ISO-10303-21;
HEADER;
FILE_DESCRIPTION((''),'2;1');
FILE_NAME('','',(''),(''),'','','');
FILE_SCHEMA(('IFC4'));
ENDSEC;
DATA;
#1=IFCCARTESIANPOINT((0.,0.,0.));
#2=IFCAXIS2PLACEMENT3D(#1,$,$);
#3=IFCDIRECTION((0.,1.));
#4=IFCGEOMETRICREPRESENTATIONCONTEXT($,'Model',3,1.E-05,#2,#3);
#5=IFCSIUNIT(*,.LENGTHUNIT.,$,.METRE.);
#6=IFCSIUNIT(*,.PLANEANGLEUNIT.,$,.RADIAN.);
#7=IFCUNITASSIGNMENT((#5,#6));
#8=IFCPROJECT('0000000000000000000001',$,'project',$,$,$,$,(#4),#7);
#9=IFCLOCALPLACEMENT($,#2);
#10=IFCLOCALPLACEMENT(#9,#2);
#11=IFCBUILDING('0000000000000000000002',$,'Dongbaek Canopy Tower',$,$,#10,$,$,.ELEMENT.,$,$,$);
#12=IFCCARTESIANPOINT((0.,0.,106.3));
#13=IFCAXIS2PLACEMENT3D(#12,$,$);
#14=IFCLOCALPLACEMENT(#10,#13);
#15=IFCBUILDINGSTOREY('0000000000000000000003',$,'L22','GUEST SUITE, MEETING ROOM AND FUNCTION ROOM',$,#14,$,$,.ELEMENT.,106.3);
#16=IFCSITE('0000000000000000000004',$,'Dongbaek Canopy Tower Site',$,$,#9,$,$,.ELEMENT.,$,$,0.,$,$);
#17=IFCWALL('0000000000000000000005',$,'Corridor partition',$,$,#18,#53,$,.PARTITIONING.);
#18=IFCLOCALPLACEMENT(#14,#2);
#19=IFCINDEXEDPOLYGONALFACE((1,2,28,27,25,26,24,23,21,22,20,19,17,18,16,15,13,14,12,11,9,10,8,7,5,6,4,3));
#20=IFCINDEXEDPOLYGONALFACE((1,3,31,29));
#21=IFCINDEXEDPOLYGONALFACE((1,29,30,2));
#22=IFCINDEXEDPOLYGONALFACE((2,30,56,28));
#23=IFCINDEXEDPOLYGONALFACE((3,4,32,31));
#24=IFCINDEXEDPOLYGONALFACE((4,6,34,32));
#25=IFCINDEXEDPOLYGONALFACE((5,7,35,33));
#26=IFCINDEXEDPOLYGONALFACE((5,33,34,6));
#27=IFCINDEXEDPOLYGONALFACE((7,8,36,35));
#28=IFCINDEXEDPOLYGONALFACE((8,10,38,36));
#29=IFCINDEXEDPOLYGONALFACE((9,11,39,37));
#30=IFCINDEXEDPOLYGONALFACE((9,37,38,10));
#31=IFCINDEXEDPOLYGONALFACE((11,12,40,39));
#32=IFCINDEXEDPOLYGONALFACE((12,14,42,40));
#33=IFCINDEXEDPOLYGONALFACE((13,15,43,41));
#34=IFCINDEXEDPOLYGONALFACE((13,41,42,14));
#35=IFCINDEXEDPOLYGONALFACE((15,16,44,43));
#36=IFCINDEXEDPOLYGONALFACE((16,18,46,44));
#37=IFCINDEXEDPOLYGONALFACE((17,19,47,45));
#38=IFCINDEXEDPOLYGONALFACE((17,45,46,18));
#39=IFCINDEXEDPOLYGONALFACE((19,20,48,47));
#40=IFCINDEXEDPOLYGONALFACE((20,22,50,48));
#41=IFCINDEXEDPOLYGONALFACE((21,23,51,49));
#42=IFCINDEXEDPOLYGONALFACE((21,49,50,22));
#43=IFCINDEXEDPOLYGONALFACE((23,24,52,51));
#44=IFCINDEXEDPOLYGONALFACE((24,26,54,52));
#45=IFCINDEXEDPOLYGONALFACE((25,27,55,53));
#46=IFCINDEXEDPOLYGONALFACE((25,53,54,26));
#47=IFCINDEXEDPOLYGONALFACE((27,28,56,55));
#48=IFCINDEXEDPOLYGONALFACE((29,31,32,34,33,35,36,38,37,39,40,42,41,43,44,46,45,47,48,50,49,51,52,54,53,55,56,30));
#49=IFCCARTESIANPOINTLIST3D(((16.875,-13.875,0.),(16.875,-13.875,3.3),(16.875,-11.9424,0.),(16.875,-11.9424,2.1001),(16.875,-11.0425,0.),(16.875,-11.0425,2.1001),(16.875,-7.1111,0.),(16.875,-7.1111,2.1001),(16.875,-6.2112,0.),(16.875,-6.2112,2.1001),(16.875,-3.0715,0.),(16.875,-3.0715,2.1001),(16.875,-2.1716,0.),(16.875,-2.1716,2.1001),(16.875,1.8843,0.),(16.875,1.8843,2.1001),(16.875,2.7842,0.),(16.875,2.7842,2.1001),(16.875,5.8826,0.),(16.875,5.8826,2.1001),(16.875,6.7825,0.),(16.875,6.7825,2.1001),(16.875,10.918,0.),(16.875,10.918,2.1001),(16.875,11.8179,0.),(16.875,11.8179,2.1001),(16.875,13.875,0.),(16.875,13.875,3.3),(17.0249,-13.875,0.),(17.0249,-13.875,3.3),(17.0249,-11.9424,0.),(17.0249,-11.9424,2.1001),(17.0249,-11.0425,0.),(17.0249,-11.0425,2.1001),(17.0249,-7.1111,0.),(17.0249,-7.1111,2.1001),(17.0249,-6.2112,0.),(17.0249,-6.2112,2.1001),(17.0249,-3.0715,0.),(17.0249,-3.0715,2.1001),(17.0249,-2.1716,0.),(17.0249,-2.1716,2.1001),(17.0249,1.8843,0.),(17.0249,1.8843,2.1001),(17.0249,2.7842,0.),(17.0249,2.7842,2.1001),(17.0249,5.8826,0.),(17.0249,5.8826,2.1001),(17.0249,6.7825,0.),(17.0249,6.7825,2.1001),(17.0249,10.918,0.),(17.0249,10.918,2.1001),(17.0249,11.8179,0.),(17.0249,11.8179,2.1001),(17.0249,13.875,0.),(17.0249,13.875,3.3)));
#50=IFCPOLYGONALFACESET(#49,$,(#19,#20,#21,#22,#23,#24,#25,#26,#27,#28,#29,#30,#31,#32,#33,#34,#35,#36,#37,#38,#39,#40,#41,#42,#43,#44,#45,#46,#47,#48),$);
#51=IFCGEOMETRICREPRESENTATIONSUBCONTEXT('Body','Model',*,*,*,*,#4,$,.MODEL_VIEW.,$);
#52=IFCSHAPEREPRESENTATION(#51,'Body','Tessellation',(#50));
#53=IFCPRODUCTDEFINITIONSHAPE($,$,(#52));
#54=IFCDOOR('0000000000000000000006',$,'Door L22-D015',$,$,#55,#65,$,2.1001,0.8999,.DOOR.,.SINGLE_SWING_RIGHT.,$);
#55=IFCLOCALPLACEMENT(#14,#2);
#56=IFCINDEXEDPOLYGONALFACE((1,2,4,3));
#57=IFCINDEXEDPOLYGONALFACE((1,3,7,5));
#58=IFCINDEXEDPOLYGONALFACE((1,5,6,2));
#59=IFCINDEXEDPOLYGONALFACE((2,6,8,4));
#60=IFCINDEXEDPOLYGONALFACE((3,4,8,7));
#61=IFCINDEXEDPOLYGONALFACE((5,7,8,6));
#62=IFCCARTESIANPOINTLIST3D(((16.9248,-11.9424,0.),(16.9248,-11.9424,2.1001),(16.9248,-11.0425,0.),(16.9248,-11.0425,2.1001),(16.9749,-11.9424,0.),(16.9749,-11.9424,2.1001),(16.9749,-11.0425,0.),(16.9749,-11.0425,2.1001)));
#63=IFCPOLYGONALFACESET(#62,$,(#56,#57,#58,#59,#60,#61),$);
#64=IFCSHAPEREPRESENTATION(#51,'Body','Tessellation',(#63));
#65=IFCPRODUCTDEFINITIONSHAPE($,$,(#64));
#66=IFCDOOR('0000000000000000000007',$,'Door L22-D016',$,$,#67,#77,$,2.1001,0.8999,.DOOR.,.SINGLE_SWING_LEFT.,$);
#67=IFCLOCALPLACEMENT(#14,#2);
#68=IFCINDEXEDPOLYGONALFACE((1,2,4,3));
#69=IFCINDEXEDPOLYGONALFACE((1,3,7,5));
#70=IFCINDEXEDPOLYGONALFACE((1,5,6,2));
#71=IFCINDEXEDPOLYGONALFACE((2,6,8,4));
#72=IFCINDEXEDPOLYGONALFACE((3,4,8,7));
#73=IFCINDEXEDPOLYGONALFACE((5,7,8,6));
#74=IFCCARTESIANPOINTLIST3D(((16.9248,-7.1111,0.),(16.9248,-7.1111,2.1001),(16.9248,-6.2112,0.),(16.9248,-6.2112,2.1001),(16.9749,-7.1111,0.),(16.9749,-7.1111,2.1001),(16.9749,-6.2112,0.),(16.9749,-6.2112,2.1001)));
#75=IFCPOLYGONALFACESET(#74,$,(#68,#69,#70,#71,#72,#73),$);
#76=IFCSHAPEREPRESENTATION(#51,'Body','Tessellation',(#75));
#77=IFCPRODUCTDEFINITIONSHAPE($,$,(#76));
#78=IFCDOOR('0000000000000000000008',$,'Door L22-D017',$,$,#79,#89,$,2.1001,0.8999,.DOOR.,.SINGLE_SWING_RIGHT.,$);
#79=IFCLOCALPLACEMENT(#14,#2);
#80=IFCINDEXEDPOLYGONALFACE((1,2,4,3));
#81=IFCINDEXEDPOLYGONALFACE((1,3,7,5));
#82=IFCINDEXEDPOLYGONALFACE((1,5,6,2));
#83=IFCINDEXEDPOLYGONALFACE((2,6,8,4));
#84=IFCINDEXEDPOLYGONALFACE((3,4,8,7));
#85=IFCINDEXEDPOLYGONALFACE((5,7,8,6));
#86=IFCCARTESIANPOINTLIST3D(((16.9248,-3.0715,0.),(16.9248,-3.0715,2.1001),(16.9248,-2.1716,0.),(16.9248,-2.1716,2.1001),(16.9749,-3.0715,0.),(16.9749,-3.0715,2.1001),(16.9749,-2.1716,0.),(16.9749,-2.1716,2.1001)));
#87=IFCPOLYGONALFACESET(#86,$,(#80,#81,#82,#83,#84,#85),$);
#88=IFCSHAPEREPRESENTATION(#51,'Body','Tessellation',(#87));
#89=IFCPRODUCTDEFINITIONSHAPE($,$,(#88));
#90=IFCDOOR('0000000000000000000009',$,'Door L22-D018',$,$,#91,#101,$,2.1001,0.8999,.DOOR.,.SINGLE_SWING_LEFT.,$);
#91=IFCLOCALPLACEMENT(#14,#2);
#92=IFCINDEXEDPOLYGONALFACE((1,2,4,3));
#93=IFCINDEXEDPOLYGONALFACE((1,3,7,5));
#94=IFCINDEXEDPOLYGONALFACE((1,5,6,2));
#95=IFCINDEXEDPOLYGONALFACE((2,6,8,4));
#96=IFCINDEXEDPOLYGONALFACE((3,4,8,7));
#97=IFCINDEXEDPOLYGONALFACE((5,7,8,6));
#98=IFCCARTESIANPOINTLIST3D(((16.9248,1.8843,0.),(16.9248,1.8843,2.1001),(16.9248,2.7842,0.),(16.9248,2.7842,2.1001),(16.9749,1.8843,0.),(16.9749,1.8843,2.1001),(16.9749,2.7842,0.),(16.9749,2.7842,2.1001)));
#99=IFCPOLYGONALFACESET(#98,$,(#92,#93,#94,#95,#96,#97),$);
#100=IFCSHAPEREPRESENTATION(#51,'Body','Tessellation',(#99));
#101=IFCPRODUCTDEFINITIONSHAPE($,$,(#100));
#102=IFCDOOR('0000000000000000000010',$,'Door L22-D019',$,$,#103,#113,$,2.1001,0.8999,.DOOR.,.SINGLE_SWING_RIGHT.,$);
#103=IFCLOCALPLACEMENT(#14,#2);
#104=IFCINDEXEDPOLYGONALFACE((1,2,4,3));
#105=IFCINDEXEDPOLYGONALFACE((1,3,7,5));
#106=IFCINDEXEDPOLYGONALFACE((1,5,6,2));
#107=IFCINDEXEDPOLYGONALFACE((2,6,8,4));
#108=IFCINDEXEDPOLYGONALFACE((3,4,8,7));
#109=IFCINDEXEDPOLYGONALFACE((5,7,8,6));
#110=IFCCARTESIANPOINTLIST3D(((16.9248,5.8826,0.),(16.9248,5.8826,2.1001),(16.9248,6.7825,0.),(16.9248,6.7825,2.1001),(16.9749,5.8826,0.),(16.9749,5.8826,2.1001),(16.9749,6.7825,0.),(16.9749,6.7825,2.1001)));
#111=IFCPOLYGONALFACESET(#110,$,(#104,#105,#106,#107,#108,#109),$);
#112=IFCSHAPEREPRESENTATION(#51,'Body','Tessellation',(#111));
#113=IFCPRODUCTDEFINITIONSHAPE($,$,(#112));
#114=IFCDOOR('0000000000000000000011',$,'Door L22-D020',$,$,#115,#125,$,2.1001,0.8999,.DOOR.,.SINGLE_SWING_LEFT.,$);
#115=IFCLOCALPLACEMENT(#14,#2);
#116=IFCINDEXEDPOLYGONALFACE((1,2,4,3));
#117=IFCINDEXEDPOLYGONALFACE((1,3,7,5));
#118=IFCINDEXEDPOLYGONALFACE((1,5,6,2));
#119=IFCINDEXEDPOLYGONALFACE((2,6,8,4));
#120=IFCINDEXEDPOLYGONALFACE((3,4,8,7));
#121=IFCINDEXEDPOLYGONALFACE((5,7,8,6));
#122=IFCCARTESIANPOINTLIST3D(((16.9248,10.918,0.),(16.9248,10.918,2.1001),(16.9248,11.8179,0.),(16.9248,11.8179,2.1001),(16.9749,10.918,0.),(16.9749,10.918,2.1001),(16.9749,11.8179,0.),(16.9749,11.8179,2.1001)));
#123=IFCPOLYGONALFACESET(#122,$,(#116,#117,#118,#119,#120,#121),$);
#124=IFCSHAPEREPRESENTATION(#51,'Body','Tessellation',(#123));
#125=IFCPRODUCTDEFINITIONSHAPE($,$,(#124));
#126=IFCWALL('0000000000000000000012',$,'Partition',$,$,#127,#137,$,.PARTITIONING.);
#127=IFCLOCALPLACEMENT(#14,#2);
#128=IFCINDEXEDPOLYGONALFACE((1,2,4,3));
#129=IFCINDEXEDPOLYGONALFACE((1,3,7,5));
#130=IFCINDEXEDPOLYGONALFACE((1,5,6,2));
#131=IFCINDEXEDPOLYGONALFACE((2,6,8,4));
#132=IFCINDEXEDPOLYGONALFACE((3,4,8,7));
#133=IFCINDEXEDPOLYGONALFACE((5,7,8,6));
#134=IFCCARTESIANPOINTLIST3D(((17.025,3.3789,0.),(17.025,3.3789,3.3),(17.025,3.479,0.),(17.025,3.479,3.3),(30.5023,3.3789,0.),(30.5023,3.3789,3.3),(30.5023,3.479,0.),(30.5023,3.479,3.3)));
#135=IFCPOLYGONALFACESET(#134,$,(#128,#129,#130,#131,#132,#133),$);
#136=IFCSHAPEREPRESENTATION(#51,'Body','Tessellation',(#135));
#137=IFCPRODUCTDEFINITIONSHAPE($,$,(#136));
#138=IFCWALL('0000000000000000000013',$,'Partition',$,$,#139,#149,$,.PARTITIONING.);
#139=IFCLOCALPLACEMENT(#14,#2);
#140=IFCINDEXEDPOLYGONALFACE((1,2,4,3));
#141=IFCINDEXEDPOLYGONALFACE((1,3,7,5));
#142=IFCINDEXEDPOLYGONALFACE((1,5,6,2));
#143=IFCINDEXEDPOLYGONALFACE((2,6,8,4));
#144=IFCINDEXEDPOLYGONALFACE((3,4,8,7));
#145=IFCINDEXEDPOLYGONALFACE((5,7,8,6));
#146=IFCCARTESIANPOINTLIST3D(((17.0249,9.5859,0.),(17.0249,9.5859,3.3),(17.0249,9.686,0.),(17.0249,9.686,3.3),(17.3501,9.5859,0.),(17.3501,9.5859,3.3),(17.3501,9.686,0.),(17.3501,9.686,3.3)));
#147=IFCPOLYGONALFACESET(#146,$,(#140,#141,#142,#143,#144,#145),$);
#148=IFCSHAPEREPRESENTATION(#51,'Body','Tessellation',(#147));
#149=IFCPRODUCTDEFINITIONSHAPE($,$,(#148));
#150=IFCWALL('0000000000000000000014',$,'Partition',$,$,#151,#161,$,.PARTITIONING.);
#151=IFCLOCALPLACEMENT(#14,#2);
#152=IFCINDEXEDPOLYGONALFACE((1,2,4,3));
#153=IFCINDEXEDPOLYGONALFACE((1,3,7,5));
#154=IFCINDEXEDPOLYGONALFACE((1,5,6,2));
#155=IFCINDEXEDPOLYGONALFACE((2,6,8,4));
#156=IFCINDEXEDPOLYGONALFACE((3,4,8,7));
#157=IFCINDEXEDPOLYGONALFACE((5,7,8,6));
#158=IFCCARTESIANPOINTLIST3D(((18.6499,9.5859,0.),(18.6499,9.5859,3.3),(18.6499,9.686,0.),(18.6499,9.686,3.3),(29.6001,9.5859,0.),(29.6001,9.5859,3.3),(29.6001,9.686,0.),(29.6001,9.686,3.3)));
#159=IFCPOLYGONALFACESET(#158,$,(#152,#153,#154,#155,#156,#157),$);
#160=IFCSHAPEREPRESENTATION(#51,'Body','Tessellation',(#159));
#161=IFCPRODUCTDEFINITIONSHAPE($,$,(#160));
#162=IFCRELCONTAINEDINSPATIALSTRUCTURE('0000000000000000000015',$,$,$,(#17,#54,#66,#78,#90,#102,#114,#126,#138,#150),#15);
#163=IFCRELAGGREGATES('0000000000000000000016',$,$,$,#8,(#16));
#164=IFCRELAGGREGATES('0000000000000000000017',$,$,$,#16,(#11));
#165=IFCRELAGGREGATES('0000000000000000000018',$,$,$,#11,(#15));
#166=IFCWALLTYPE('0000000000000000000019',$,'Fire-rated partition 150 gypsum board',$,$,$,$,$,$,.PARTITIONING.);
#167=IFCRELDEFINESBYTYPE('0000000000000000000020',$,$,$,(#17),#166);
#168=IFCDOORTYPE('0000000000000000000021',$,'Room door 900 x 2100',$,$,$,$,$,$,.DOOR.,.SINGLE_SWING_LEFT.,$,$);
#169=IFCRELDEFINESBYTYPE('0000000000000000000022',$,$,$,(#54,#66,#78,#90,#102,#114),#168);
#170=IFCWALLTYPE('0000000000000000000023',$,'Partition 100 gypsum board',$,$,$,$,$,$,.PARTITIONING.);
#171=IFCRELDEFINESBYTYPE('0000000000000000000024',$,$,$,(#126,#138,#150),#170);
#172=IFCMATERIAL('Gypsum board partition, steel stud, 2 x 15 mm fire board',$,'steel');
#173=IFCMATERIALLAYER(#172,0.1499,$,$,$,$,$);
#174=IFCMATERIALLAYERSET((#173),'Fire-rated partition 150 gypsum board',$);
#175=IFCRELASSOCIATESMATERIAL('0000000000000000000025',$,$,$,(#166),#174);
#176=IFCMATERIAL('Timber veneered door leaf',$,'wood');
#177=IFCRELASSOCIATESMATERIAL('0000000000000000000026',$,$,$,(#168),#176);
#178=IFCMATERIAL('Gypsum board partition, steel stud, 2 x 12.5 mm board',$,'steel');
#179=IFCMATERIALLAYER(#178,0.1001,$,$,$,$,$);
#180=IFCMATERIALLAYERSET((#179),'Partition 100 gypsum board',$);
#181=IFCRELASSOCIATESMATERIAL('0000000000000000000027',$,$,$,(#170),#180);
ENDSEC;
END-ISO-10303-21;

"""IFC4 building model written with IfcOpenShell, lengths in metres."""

from ifc_helpers import new_model, si_unit, direction, frame, frame_2d, origin, place, context, subcontext, project, spatial, rectangle, extrude, material, layer, layer_set, type_object, element, fill, save


model = new_model("IFC4")

# Units and contexts
model_context = context("Model", 3, precision=1e-05, world=origin(), true_north=direction((0.0, 1.0)))
body_context = subcontext(model_context, "Body", "Model", "MODEL_VIEW")
ifc_project = project(units=[si_unit("LENGTHUNIT", "METRE"), si_unit("PLANEANGLEUNIT", "RADIAN")], contexts=[model_context])

# Site, building, storey
site_placement = place(None, origin())
site = spatial("IfcSite", under=ifc_project, at=site_placement, Name="Dongbaek Canopy Tower Site", CompositionType="ELEMENT", RefElevation=0.0)
building_placement = place(site_placement, origin())
building = spatial("IfcBuilding", under=site, at=building_placement, Name="Dongbaek Canopy Tower", CompositionType="ELEMENT")
storey_placement = place(building_placement, frame((0.0, 0.0, 106.3)))
storey = spatial("IfcBuildingStorey", under=building, at=storey_placement, Name="L22", Description="GUEST SUITE, MEETING ROOM AND FUNCTION ROOM", CompositionType="ELEMENT", Elevation=106.3)

# Wall, openings, doors
ifc_material_1 = material(Name="Gypsum board partition, steel stud, 2 x 15 mm fire board", Category="steel")
ifc_layer_1 = layer(ifc_material_1, 0.1499)
ifc_layer_set_1 = layer_set([ifc_layer_1], Name="Fire-rated partition 150 gypsum board")
wall_type_1 = type_object("IfcWallType", Name="Fire-rated partition 150 gypsum board", PredefinedType="PARTITIONING", material=ifc_layer_set_1)
wall_1_placement = place(storey_placement, frame((16.95, 13.875, 0.0), z_axis=(0.0, 0.0, 1.0), x_axis=(0.0, -1.0, 0.0)))
wall_1 = element("IfcWall", 1, at=wall_1_placement, inside=storey, type_object=wall_type_1, Name="Corridor partition", PredefinedType="PARTITIONING", context=body_context, shape_type="SweptSolid", body=[
    extrude(rectangle(XDim=27.75, YDim=0.1499, at=frame_2d((13.875, 0.0))), origin(), (0.0, 0.0, 1.0), 3.3),
])
opening_1_placement = place(wall_1_placement, frame((24.9175, 0.0, 0.0)))
opening_1 = element("IfcOpeningElement", 2, at=opening_1_placement, cuts=wall_1, PredefinedType="OPENING", context=body_context, shape_type="SweptSolid", body=[
    extrude(rectangle(XDim=0.8999, YDim=2.1001, at=frame_2d((0.45, 1.05))), frame((0.0, 0.085, 0.0), z_axis=(0.0, -1.0, 0.0), x_axis=(1.0, 0.0, 0.0)), (0.0, 0.0, 1.0), 0.1699),
])
opening_2_placement = place(wall_1_placement, frame((20.0862, 0.0, 0.0)))
opening_2 = element("IfcOpeningElement", 3, at=opening_2_placement, cuts=wall_1, PredefinedType="OPENING", context=body_context, shape_type="SweptSolid", body=[
    extrude(rectangle(XDim=0.8999, YDim=2.1001, at=frame_2d((0.45, 1.05))), frame((0.0, 0.085, 0.0), z_axis=(0.0, -1.0, 0.0), x_axis=(1.0, 0.0, 0.0)), (0.0, 0.0, 1.0), 0.1699),
])
opening_3_placement = place(wall_1_placement, frame((16.0466, 0.0, 0.0)))
opening_3 = element("IfcOpeningElement", 4, at=opening_3_placement, cuts=wall_1, PredefinedType="OPENING", context=body_context, shape_type="SweptSolid", body=[
    extrude(rectangle(XDim=0.8999, YDim=2.1001, at=frame_2d((0.45, 1.05))), frame((0.0, 0.085, 0.0), z_axis=(0.0, -1.0, 0.0), x_axis=(1.0, 0.0, 0.0)), (0.0, 0.0, 1.0), 0.1699),
])
opening_4_placement = place(wall_1_placement, frame((11.0908, 0.0, 0.0)))
opening_4 = element("IfcOpeningElement", 5, at=opening_4_placement, cuts=wall_1, PredefinedType="OPENING", context=body_context, shape_type="SweptSolid", body=[
    extrude(rectangle(XDim=0.8999, YDim=2.1001, at=frame_2d((0.45, 1.05))), frame((0.0, 0.085, 0.0), z_axis=(0.0, -1.0, 0.0), x_axis=(1.0, 0.0, 0.0)), (0.0, 0.0, 1.0), 0.1699),
])
opening_5_placement = place(wall_1_placement, frame((7.0925, 0.0, 0.0)))
opening_5 = element("IfcOpeningElement", 6, at=opening_5_placement, cuts=wall_1, PredefinedType="OPENING", context=body_context, shape_type="SweptSolid", body=[
    extrude(rectangle(XDim=0.8999, YDim=2.1001, at=frame_2d((0.45, 1.05))), frame((0.0, 0.085, 0.0), z_axis=(0.0, -1.0, 0.0), x_axis=(1.0, 0.0, 0.0)), (0.0, 0.0, 1.0), 0.1699),
])
opening_6_placement = place(wall_1_placement, frame((2.0571, 0.0, 0.0)))
opening_6 = element("IfcOpeningElement", 7, at=opening_6_placement, cuts=wall_1, PredefinedType="OPENING", context=body_context, shape_type="SweptSolid", body=[
    extrude(rectangle(XDim=0.8999, YDim=2.1001, at=frame_2d((0.45, 1.05))), frame((0.0, 0.085, 0.0), z_axis=(0.0, -1.0, 0.0), x_axis=(1.0, 0.0, 0.0)), (0.0, 0.0, 1.0), 0.1699),
])
ifc_material_2 = material(Name="Timber veneered door leaf", Category="wood")
door_type_1 = type_object("IfcDoorType", Name="Room door 900 x 2100", OperationType="SINGLE_SWING_LEFT", PredefinedType="DOOR", material=ifc_material_2)
door_1_placement = place(opening_1_placement, origin())
door_1 = element("IfcDoor", 8, at=door_1_placement, inside=storey, type_object=door_type_1, Name="Door L22-D015", OperationType="SINGLE_SWING_RIGHT", OverallHeight=2.1001, OverallWidth=0.8999, PredefinedType="DOOR", context=body_context, shape_type="SweptSolid", body=[
    extrude(rectangle(XDim=0.8999, YDim=2.1001, at=frame_2d((0.45, 1.05))), frame((0.0, 0.0249, 0.0), z_axis=(0.0, -1.0, 0.0), x_axis=(1.0, 0.0, 0.0)), (0.0, 0.0, 1.0), 0.05),
])
fill(opening_1, door_1)
door_2_placement = place(opening_2_placement, origin())
door_2 = element("IfcDoor", 9, at=door_2_placement, inside=storey, type_object=door_type_1, Name="Door L22-D016", OperationType="SINGLE_SWING_LEFT", OverallHeight=2.1001, OverallWidth=0.8999, PredefinedType="DOOR", context=body_context, shape_type="SweptSolid", body=[
    extrude(rectangle(XDim=0.8999, YDim=2.1001, at=frame_2d((0.45, 1.05))), frame((0.0, 0.0249, 0.0), z_axis=(0.0, -1.0, 0.0), x_axis=(1.0, 0.0, 0.0)), (0.0, 0.0, 1.0), 0.05),
])
fill(opening_2, door_2)
door_3_placement = place(opening_3_placement, origin())
door_3 = element("IfcDoor", 10, at=door_3_placement, inside=storey, type_object=door_type_1, Name="Door L22-D017", OperationType="SINGLE_SWING_RIGHT", OverallHeight=2.1001, OverallWidth=0.8999, PredefinedType="DOOR", context=body_context, shape_type="SweptSolid", body=[
    extrude(rectangle(XDim=0.8999, YDim=2.1001, at=frame_2d((0.45, 1.05))), frame((0.0, 0.0249, 0.0), z_axis=(0.0, -1.0, 0.0), x_axis=(1.0, 0.0, 0.0)), (0.0, 0.0, 1.0), 0.05),
])
fill(opening_3, door_3)
door_4_placement = place(opening_4_placement, origin())
door_4 = element("IfcDoor", 11, at=door_4_placement, inside=storey, type_object=door_type_1, Name="Door L22-D018", OperationType="SINGLE_SWING_LEFT", OverallHeight=2.1001, OverallWidth=0.8999, PredefinedType="DOOR", context=body_context, shape_type="SweptSolid", body=[
    extrude(rectangle(XDim=0.8999, YDim=2.1001, at=frame_2d((0.45, 1.05))), frame((0.0, 0.0249, 0.0), z_axis=(0.0, -1.0, 0.0), x_axis=(1.0, 0.0, 0.0)), (0.0, 0.0, 1.0), 0.05),
])
fill(opening_4, door_4)
door_5_placement = place(opening_5_placement, origin())
door_5 = element("IfcDoor", 12, at=door_5_placement, inside=storey, type_object=door_type_1, Name="Door L22-D019", OperationType="SINGLE_SWING_RIGHT", OverallHeight=2.1001, OverallWidth=0.8999, PredefinedType="DOOR", context=body_context, shape_type="SweptSolid", body=[
    extrude(rectangle(XDim=0.8999, YDim=2.1001, at=frame_2d((0.45, 1.05))), frame((0.0, 0.0249, 0.0), z_axis=(0.0, -1.0, 0.0), x_axis=(1.0, 0.0, 0.0)), (0.0, 0.0, 1.0), 0.05),
])
fill(opening_5, door_5)
door_6_placement = place(opening_6_placement, origin())
door_6 = element("IfcDoor", 13, at=door_6_placement, inside=storey, type_object=door_type_1, Name="Door L22-D020", OperationType="SINGLE_SWING_LEFT", OverallHeight=2.1001, OverallWidth=0.8999, PredefinedType="DOOR", context=body_context, shape_type="SweptSolid", body=[
    extrude(rectangle(XDim=0.8999, YDim=2.1001, at=frame_2d((0.45, 1.05))), frame((0.0, 0.0249, 0.0), z_axis=(0.0, -1.0, 0.0), x_axis=(1.0, 0.0, 0.0)), (0.0, 0.0, 1.0), 0.05),
])
fill(opening_6, door_6)

# Walls
ifc_material_3 = material(Name="Gypsum board partition, steel stud, 2 x 12.5 mm board", Category="steel")
ifc_layer_2 = layer(ifc_material_3, 0.1001)
ifc_layer_set_2 = layer_set([ifc_layer_2], Name="Partition 100 gypsum board")
wall_type_2 = type_object("IfcWallType", Name="Partition 100 gypsum board", PredefinedType="PARTITIONING", material=ifc_layer_set_2)
wall_2_placement = place(storey_placement, frame((17.0249, 3.429, 0.0), z_axis=(0.0, 0.0, 1.0), x_axis=(1.0, 0.0, 0.0)))
element("IfcWall", 14, at=wall_2_placement, inside=storey, type_object=wall_type_2, Name="Partition", PredefinedType="PARTITIONING", context=body_context, shape_type="SweptSolid", body=[
    extrude(rectangle(XDim=13.4773, YDim=0.1001, at=frame_2d((6.7388, 0.0))), origin(), (0.0, 0.0, 1.0), 3.3),
])
wall_3_placement = place(storey_placement, frame((17.0249, 9.636, 0.0), z_axis=(0.0, 0.0, 1.0), x_axis=(1.0, 0.0, 0.0)))
element("IfcWall", 15, at=wall_3_placement, inside=storey, type_object=wall_type_2, Name="Partition", PredefinedType="PARTITIONING", context=body_context, shape_type="SweptSolid", body=[
    extrude(rectangle(XDim=0.3252, YDim=0.1001, at=frame_2d((0.1626, 0.0))), origin(), (0.0, 0.0, 1.0), 3.3),
])
wall_4_placement = place(storey_placement, frame((18.6499, 9.636, 0.0), z_axis=(0.0, 0.0, 1.0), x_axis=(1.0, 0.0, 0.0)))
element("IfcWall", 16, at=wall_4_placement, inside=storey, type_object=wall_type_2, Name="Partition", PredefinedType="PARTITIONING", context=body_context, shape_type="SweptSolid", body=[
    extrude(rectangle(XDim=10.9502, YDim=0.1001, at=frame_2d((5.4751, 0.0))), origin(), (0.0, 0.0, 1.0), 3.3),
])

save(model, "model.ifc")
